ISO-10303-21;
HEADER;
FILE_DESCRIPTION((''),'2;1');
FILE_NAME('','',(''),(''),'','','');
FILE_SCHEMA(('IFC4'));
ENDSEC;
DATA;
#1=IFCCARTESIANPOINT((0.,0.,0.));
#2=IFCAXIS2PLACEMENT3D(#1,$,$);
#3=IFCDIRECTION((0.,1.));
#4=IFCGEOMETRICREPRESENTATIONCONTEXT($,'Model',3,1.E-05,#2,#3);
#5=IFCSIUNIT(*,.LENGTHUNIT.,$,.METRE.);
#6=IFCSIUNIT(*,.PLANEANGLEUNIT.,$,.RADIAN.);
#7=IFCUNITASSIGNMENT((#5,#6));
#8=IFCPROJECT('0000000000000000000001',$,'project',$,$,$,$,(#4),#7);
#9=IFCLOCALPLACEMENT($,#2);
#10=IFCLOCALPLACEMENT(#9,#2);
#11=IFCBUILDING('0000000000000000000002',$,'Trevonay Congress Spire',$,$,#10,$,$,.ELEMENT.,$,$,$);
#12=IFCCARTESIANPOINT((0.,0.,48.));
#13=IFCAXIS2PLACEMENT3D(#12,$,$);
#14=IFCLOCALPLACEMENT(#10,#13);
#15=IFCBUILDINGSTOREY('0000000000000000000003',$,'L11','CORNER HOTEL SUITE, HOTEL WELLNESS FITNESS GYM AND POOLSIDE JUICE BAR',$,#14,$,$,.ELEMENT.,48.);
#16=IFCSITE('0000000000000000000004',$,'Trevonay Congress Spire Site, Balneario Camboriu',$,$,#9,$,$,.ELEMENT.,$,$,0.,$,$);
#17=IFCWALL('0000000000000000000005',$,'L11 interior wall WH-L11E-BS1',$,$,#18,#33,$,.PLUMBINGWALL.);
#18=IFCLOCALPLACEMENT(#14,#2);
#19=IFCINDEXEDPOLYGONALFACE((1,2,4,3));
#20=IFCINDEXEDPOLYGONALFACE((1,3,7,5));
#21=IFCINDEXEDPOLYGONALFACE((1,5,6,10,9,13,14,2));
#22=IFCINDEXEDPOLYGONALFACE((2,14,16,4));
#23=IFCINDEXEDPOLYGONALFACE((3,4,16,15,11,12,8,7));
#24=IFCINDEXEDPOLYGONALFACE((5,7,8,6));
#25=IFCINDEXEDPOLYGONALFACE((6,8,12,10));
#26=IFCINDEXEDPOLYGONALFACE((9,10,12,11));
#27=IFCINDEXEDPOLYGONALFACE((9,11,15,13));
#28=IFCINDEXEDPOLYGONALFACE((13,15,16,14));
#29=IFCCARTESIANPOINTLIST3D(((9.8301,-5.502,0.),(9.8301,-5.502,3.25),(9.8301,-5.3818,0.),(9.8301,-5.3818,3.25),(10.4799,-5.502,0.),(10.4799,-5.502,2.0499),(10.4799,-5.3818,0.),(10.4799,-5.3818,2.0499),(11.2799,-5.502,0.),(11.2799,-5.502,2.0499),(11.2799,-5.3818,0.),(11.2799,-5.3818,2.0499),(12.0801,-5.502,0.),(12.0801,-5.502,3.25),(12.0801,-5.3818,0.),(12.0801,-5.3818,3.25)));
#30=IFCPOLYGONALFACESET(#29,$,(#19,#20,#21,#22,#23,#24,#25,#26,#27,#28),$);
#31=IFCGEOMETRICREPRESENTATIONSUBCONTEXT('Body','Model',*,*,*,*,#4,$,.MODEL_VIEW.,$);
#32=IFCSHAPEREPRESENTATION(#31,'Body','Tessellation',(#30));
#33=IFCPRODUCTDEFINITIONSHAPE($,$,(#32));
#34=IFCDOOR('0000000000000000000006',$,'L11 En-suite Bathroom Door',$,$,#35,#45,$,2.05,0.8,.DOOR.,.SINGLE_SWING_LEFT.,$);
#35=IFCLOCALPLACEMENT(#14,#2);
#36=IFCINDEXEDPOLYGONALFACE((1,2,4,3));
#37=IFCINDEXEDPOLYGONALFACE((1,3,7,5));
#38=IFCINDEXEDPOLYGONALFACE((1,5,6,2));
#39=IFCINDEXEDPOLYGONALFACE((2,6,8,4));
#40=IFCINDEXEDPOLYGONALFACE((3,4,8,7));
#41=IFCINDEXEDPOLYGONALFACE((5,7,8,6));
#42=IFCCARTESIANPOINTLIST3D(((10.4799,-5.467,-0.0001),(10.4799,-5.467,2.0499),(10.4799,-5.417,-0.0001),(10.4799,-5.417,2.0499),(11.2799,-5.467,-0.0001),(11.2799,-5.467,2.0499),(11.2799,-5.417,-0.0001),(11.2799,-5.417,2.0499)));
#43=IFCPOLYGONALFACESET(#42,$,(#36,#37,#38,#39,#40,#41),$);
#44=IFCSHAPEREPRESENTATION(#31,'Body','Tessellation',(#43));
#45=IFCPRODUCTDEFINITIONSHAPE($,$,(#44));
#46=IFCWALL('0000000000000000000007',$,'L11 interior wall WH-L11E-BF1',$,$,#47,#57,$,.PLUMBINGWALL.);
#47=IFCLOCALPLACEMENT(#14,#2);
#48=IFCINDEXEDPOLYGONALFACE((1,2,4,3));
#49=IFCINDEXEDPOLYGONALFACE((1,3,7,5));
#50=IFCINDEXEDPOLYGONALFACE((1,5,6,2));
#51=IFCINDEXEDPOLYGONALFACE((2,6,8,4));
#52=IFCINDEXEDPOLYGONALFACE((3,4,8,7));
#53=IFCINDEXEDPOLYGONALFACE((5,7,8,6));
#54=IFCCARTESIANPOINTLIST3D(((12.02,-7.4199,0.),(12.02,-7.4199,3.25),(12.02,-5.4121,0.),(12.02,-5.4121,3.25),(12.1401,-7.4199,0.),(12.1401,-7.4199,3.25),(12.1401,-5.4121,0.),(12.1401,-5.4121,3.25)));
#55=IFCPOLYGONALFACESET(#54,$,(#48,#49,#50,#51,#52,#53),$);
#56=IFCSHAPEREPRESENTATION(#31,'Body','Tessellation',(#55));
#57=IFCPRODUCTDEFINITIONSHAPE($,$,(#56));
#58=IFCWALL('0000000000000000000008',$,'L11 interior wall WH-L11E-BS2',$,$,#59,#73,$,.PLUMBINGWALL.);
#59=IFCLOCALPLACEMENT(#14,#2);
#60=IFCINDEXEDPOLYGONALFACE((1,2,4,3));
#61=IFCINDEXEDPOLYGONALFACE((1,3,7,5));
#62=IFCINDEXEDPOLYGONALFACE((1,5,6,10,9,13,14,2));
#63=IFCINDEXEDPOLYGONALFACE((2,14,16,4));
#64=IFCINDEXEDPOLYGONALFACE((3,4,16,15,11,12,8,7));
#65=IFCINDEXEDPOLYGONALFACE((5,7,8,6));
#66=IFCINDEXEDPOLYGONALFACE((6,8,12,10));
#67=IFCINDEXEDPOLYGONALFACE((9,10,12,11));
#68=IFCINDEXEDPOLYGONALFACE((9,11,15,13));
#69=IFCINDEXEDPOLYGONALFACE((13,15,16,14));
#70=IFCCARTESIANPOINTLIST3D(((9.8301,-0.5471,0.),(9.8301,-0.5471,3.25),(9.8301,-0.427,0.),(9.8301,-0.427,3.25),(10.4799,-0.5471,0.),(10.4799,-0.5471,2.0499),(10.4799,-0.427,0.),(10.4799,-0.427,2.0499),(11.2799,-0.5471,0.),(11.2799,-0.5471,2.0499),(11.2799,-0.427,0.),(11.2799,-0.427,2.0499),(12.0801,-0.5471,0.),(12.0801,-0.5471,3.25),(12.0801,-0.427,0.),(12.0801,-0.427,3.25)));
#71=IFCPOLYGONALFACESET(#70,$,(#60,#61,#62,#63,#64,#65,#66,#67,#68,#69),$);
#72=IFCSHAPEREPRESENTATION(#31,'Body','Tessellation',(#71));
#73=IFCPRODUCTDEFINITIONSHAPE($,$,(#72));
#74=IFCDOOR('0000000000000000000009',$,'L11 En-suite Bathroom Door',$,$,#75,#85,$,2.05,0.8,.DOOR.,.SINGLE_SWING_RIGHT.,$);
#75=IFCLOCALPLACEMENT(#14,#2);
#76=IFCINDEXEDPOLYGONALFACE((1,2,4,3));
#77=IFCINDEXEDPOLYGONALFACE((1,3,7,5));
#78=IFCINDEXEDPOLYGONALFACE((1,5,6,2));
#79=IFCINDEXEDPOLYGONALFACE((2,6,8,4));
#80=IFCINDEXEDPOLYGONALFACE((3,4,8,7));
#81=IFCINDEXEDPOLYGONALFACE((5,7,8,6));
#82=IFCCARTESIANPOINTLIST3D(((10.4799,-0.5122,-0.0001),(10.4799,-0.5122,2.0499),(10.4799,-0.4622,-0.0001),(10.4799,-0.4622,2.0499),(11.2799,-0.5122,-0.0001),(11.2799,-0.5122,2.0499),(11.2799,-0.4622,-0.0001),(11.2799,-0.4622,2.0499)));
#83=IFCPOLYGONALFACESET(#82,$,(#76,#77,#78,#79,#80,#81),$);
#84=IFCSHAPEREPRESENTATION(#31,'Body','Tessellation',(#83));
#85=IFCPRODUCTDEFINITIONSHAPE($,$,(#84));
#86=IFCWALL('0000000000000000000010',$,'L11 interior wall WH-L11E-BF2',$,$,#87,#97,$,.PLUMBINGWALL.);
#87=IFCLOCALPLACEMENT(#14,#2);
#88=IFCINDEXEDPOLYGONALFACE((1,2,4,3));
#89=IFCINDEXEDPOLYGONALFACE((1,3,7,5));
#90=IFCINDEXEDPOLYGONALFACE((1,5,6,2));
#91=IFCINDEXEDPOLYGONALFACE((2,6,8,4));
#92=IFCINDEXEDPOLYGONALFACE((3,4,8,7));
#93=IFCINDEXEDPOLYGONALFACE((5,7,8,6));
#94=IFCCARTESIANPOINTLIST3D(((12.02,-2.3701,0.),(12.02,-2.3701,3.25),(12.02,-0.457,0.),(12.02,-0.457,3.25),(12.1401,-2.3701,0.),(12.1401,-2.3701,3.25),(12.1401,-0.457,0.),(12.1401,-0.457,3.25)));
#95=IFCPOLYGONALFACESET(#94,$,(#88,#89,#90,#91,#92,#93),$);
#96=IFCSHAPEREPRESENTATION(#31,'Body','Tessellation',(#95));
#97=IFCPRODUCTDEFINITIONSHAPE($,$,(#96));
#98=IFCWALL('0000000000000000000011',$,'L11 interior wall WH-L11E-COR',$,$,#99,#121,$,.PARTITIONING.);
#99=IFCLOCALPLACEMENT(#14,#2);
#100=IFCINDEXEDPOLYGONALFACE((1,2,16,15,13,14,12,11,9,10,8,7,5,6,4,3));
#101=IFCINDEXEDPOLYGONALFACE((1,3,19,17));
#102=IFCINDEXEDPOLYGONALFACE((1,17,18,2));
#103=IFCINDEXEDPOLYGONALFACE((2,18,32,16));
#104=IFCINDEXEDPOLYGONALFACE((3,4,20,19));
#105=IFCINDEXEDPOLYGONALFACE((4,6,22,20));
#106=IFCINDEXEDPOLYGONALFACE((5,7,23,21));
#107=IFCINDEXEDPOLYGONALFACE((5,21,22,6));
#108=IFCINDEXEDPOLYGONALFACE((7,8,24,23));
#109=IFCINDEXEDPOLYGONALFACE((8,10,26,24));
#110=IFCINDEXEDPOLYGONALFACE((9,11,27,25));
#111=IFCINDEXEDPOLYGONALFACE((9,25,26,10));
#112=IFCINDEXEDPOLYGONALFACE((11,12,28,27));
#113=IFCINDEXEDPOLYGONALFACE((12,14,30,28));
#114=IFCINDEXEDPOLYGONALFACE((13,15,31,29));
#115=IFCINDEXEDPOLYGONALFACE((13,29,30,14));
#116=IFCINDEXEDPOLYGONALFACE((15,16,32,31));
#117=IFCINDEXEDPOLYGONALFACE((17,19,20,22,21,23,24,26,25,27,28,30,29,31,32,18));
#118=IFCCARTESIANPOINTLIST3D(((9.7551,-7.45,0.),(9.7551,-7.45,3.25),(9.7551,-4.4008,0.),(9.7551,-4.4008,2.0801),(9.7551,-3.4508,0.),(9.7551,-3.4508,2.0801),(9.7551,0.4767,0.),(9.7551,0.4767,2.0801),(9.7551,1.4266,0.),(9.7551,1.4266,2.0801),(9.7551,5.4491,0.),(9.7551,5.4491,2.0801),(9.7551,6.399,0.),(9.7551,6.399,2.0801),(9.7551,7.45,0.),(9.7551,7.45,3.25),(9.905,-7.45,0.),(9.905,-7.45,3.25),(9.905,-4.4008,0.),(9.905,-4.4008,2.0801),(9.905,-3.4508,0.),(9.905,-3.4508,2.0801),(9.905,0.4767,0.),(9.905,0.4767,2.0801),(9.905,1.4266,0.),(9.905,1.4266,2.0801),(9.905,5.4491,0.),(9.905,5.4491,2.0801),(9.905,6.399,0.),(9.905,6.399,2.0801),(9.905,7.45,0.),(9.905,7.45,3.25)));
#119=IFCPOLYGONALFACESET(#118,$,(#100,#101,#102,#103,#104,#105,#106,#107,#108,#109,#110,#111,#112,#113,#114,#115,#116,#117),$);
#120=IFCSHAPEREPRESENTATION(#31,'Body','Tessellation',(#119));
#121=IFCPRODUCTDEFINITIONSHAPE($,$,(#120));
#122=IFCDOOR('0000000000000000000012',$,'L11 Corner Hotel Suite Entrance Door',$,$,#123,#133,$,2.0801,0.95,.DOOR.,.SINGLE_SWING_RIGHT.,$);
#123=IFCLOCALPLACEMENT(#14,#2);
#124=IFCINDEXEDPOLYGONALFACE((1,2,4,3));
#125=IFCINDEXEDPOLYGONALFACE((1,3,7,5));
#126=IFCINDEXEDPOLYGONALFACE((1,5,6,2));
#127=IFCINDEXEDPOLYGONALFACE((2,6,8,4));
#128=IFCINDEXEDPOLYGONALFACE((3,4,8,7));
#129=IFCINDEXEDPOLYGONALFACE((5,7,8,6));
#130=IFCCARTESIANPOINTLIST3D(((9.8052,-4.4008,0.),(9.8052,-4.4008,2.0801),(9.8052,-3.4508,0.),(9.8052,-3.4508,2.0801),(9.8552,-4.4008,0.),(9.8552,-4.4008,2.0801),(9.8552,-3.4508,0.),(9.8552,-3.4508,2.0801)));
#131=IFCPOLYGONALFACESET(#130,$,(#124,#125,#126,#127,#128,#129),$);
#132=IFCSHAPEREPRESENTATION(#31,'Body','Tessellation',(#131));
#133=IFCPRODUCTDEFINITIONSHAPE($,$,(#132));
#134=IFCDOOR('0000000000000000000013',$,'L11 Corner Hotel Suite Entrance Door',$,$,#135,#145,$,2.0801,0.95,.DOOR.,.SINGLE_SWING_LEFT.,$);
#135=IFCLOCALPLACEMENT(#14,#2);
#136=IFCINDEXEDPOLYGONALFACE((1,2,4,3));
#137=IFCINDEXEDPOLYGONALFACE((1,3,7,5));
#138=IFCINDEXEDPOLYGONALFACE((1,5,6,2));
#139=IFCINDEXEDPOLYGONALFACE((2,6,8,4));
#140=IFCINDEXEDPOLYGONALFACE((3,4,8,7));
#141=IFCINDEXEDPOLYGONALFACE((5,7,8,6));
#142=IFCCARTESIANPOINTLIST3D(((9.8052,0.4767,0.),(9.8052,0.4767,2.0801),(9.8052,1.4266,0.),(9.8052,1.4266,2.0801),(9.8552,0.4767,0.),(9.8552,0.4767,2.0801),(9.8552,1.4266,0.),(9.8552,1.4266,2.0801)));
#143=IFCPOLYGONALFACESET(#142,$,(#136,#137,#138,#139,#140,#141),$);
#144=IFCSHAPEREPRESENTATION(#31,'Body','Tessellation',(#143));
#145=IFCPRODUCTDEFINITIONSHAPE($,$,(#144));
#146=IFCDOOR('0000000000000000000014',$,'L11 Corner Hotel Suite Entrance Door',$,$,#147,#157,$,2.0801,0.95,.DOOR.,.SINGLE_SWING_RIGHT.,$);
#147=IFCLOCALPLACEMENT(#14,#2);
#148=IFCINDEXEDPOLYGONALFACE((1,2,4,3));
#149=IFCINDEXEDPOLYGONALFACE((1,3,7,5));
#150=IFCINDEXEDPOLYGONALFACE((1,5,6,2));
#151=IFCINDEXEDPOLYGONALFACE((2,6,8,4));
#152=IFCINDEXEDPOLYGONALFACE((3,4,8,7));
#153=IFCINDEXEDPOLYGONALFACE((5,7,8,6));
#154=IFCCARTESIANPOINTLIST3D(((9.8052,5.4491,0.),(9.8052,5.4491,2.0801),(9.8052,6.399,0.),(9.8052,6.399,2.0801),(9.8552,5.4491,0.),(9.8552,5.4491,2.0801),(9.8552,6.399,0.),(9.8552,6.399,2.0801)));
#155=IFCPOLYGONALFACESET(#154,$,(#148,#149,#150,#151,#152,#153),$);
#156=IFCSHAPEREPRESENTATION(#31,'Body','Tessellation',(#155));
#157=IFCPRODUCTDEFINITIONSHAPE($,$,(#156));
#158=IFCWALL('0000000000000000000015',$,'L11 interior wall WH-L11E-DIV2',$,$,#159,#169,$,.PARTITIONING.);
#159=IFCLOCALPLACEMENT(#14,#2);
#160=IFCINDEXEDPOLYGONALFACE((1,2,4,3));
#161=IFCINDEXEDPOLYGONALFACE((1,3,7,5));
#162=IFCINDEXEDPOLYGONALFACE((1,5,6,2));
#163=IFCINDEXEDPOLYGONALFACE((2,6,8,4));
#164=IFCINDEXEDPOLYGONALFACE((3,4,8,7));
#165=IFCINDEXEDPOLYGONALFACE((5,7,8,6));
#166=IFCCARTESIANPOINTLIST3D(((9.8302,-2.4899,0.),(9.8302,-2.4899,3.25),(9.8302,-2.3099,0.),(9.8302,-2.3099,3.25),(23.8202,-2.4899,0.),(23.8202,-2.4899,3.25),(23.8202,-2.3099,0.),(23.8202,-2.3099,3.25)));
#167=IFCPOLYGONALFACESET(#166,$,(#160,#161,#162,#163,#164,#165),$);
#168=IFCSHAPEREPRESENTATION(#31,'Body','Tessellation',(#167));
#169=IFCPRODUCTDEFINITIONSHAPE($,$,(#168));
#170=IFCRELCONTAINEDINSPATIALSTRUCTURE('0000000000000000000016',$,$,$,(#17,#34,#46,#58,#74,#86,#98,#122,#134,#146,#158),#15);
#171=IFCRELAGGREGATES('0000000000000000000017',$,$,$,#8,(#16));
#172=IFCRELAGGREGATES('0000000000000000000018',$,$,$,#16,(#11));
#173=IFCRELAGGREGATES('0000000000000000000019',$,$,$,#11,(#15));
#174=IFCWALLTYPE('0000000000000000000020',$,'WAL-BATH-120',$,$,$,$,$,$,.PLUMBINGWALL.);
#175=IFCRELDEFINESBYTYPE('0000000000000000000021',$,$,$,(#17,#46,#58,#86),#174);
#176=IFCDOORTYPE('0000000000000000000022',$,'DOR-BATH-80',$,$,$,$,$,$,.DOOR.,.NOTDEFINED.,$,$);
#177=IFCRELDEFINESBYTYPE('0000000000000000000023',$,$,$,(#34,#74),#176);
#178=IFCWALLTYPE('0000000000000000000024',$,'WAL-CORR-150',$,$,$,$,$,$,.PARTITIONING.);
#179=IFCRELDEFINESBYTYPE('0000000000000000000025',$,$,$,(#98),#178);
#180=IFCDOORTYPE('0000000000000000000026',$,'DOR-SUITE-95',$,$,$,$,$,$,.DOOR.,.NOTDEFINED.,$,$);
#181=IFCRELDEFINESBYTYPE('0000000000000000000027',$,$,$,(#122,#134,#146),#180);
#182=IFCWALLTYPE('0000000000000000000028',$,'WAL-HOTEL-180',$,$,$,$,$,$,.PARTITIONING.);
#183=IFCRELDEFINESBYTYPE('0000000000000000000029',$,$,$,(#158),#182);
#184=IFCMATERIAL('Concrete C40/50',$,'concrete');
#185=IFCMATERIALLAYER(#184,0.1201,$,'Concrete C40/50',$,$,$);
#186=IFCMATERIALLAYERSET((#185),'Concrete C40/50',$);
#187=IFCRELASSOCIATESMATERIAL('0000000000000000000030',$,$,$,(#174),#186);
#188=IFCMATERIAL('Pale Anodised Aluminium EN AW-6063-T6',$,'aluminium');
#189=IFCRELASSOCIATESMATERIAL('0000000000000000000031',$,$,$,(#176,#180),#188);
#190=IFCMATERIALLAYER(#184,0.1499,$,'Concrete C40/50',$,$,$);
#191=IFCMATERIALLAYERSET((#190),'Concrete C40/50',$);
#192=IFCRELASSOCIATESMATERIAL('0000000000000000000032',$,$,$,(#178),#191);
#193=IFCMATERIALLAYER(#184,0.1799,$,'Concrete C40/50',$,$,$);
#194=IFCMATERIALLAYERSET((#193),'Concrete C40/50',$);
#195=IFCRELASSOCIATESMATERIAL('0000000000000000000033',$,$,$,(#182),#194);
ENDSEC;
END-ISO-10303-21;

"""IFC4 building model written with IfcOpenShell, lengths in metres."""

from ifc_helpers import new_model, si_unit, direction, frame, frame_2d, origin, place, context, subcontext, project, spatial, rectangle, extrude, material, layer, layer_set, type_object, element, fill, save


model = new_model("IFC4")

# Units and contexts
model_context = context("Model", 3, precision=1e-05, world=origin(), true_north=direction((0.0, 1.0)))
body_context = subcontext(model_context, "Body", "Model", "MODEL_VIEW")
ifc_project = project(units=[si_unit("LENGTHUNIT", "METRE"), si_unit("PLANEANGLEUNIT", "RADIAN")], contexts=[model_context])

# Site, building, storey
site_placement = place(None, origin())
site = spatial("IfcSite", under=ifc_project, at=site_placement, Name="Trevonay Congress Spire Site, Balneario Camboriu", CompositionType="ELEMENT", RefElevation=0.0)
building_placement = place(site_placement, origin())
building = spatial("IfcBuilding", under=site, at=building_placement, Name="Trevonay Congress Spire", CompositionType="ELEMENT")
storey_placement = place(building_placement, frame((0.0, 0.0, 48.0)))
storey = spatial("IfcBuildingStorey", under=building, at=storey_placement, Name="L11", Description="CORNER HOTEL SUITE, HOTEL WELLNESS FITNESS GYM AND POOLSIDE JUICE BAR", CompositionType="ELEMENT", Elevation=48.0)

# Shared definitions
ifc_material_1 = material(Name="Pale Anodised Aluminium EN AW-6063-T6", Category="aluminium")

# Wall, opening, door
ifc_material_2 = material(Name="Concrete C40/50", Category="concrete")
ifc_layer_1 = layer(ifc_material_2, 0.1201, Name="Concrete C40/50")
ifc_layer_set_1 = layer_set([ifc_layer_1], Name="Concrete C40/50")
wall_type_1 = type_object("IfcWallType", Name="WAL-BATH-120", PredefinedType="PLUMBINGWALL", material=ifc_layer_set_1)
wall_1_placement = place(storey_placement, frame((9.8301, -5.4419, 0.0), z_axis=(0.0, 0.0, 1.0), x_axis=(1.0, 0.0, 0.0)))
wall_1 = element("IfcWall", 1, at=wall_1_placement, inside=storey, type_object=wall_type_1, Name="L11 interior wall WH-L11E-BS1", PredefinedType="PLUMBINGWALL", context=body_context, shape_type="SweptSolid", body=[
    extrude(rectangle(XDim=2.25, YDim=0.1201, at=frame_2d((1.125, 0.0))), origin(), (0.0, 0.0, 1.0), 3.25),
])
opening_1_placement = place(wall_1_placement, frame((0.6499, 0.0, 0.0)))
opening_1 = element("IfcOpeningElement", 2, at=opening_1_placement, cuts=wall_1, PredefinedType="OPENING", context=body_context, shape_type="SweptSolid", body=[
    extrude(rectangle(XDim=0.8, YDim=2.05, at=frame_2d((0.3999, 1.0249))), frame((0.0, 0.0701, 0.0), z_axis=(0.0, -1.0, 0.0), x_axis=(1.0, 0.0, 0.0)), (0.0, 0.0, 1.0), 0.1401),
])
door_type_1 = type_object("IfcDoorType", Name="DOR-BATH-80", OperationType="NOTDEFINED", PredefinedType="DOOR", material=ifc_material_1)
door_1_placement = place(opening_1_placement, origin())
door_1 = element("IfcDoor", 3, at=door_1_placement, inside=storey, type_object=door_type_1, Name="L11 En-suite Bathroom Door", OperationType="SINGLE_SWING_LEFT", OverallHeight=2.05, OverallWidth=0.8, PredefinedType="DOOR", context=body_context, shape_type="SweptSolid", body=[
    extrude(rectangle(XDim=0.8, YDim=2.05, at=frame_2d((0.3999, 1.0249))), frame((0.0, 0.0249, 0.0), z_axis=(0.0, -1.0, 0.0), x_axis=(1.0, 0.0, 0.0)), (0.0, 0.0, 1.0), 0.05),
])
fill(opening_1, door_1)

# Wall
wall_2_placement = place(storey_placement, frame((12.0801, -7.4199, 0.0), z_axis=(0.0, 0.0, 1.0), x_axis=(0.0, 1.0, 0.0)))
element("IfcWall", 4, at=wall_2_placement, inside=storey, type_object=wall_type_1, Name="L11 interior wall WH-L11E-BF1", PredefinedType="PLUMBINGWALL", context=body_context, shape_type="SweptSolid", body=[
    extrude(rectangle(XDim=2.0078, YDim=0.1201, at=frame_2d((1.0039, 0.0))), origin(), (0.0, 0.0, 1.0), 3.25),
])

# Wall, opening, door
wall_3_placement = place(storey_placement, frame((9.8301, -0.4871, 0.0), z_axis=(0.0, 0.0, 1.0), x_axis=(1.0, 0.0, 0.0)))
wall_3 = element("IfcWall", 5, at=wall_3_placement, inside=storey, type_object=wall_type_1, Name="L11 interior wall WH-L11E-BS2", PredefinedType="PLUMBINGWALL", context=body_context, shape_type="SweptSolid", body=[
    extrude(rectangle(XDim=2.25, YDim=0.1201, at=frame_2d((1.125, 0.0))), origin(), (0.0, 0.0, 1.0), 3.25),
])
opening_2_placement = place(wall_3_placement, frame((0.6499, 0.0, 0.0)))
opening_2 = element("IfcOpeningElement", 6, at=opening_2_placement, cuts=wall_3, PredefinedType="OPENING", context=body_context, shape_type="SweptSolid", body=[
    extrude(rectangle(XDim=0.8, YDim=2.05, at=frame_2d((0.3999, 1.0249))), frame((0.0, 0.0701, 0.0), z_axis=(0.0, -1.0, 0.0), x_axis=(1.0, 0.0, 0.0)), (0.0, 0.0, 1.0), 0.1401),
])
door_2_placement = place(opening_2_placement, origin())
door_2 = element("IfcDoor", 7, at=door_2_placement, inside=storey, type_object=door_type_1, Name="L11 En-suite Bathroom Door", OperationType="SINGLE_SWING_RIGHT", OverallHeight=2.05, OverallWidth=0.8, PredefinedType="DOOR", context=body_context, shape_type="SweptSolid", body=[
    extrude(rectangle(XDim=0.8, YDim=2.05, at=frame_2d((0.3999, 1.0249))), frame((0.0, 0.0249, 0.0), z_axis=(0.0, -1.0, 0.0), x_axis=(1.0, 0.0, 0.0)), (0.0, 0.0, 1.0), 0.05),
])
fill(opening_2, door_2)

# Wall
wall_4_placement = place(storey_placement, frame((12.0801, -2.3701, 0.0), z_axis=(0.0, 0.0, 1.0), x_axis=(0.0, 1.0, 0.0)))
element("IfcWall", 8, at=wall_4_placement, inside=storey, type_object=wall_type_1, Name="L11 interior wall WH-L11E-BF2", PredefinedType="PLUMBINGWALL", context=body_context, shape_type="SweptSolid", body=[
    extrude(rectangle(XDim=1.9131, YDim=0.1201, at=frame_2d((0.9565, 0.0))), origin(), (0.0, 0.0, 1.0), 3.25),
])

# Wall, openings, doors
ifc_layer_2 = layer(ifc_material_2, 0.1499, Name="Concrete C40/50")
ifc_layer_set_2 = layer_set([ifc_layer_2], Name="Concrete C40/50")
wall_type_2 = type_object("IfcWallType", Name="WAL-CORR-150", PredefinedType="PARTITIONING", material=ifc_layer_set_2)
wall_5_placement = place(storey_placement, frame((9.8301, -7.45, 0.0), z_axis=(0.0, 0.0, 1.0), x_axis=(0.0, 1.0, 0.0)))
wall_5 = element("IfcWall", 9, at=wall_5_placement, inside=storey, type_object=wall_type_2, Name="L11 interior wall WH-L11E-COR", PredefinedType="PARTITIONING", context=body_context, shape_type="SweptSolid", body=[
    extrude(rectangle(XDim=14.8999, YDim=0.1499, at=frame_2d((7.45, 0.0))), origin(), (0.0, 0.0, 1.0), 3.25),
])
opening_3_placement = place(wall_5_placement, frame((3.0491, 0.0, 0.0)))
opening_3 = element("IfcOpeningElement", 10, at=opening_3_placement, cuts=wall_5, PredefinedType="OPENING", context=body_context, shape_type="SweptSolid", body=[
    extrude(rectangle(XDim=0.95, YDim=2.0801, at=frame_2d((0.4751, 1.04))), frame((0.0, 0.085, 0.0), z_axis=(0.0, -1.0, 0.0), x_axis=(1.0, 0.0, 0.0)), (0.0, 0.0, 1.0), 0.1699),
])
opening_4_placement = place(wall_5_placement, frame((7.9265, 0.0, 0.0)))
opening_4 = element("IfcOpeningElement", 11, at=opening_4_placement, cuts=wall_5, PredefinedType="OPENING", context=body_context, shape_type="SweptSolid", body=[
    extrude(rectangle(XDim=0.95, YDim=2.0801, at=frame_2d((0.4751, 1.04))), frame((0.0, 0.085, 0.0), z_axis=(0.0, -1.0, 0.0), x_axis=(1.0, 0.0, 0.0)), (0.0, 0.0, 1.0), 0.1699),
])
opening_5_placement = place(wall_5_placement, frame((12.8989, 0.0, 0.0)))
opening_5 = element("IfcOpeningElement", 12, at=opening_5_placement, cuts=wall_5, PredefinedType="OPENING", context=body_context, shape_type="SweptSolid", body=[
    extrude(rectangle(XDim=0.95, YDim=2.0801, at=frame_2d((0.4751, 1.04))), frame((0.0, 0.085, 0.0), z_axis=(0.0, -1.0, 0.0), x_axis=(1.0, 0.0, 0.0)), (0.0, 0.0, 1.0), 0.1699),
])
door_type_2 = type_object("IfcDoorType", Name="DOR-SUITE-95", OperationType="NOTDEFINED", PredefinedType="DOOR", material=ifc_material_1)
door_3_placement = place(opening_3_placement, origin())
door_3 = element("IfcDoor", 13, at=door_3_placement, inside=storey, type_object=door_type_2, Name="L11 Corner Hotel Suite Entrance Door", OperationType="SINGLE_SWING_RIGHT", OverallHeight=2.0801, OverallWidth=0.95, PredefinedType="DOOR", context=body_context, shape_type="SweptSolid", body=[
    extrude(rectangle(XDim=0.95, YDim=2.0801, at=frame_2d((0.4751, 1.04))), frame((0.0, 0.0249, 0.0), z_axis=(0.0, -1.0, 0.0), x_axis=(1.0, 0.0, 0.0)), (0.0, 0.0, 1.0), 0.05),
])
fill(opening_3, door_3)
door_4_placement = place(opening_4_placement, origin())
door_4 = element("IfcDoor", 14, at=door_4_placement, inside=storey, type_object=door_type_2, Name="L11 Corner Hotel Suite Entrance Door", OperationType="SINGLE_SWING_LEFT", OverallHeight=2.0801, OverallWidth=0.95, PredefinedType="DOOR", context=body_context, shape_type="SweptSolid", body=[
    extrude(rectangle(XDim=0.95, YDim=2.0801, at=frame_2d((0.4751, 1.04))), frame((0.0, 0.0249, 0.0), z_axis=(0.0, -1.0, 0.0), x_axis=(1.0, 0.0, 0.0)), (0.0, 0.0, 1.0), 0.05),
])
fill(opening_4, door_4)
door_5_placement = place(opening_5_placement, origin())
door_5 = element("IfcDoor", 15, at=door_5_placement, inside=storey, type_object=door_type_2, Name="L11 Corner Hotel Suite Entrance Door", OperationType="SINGLE_SWING_RIGHT", OverallHeight=2.0801, OverallWidth=0.95, PredefinedType="DOOR", context=body_context, shape_type="SweptSolid", body=[
    extrude(rectangle(XDim=0.95, YDim=2.0801, at=frame_2d((0.4751, 1.04))), frame((0.0, 0.0249, 0.0), z_axis=(0.0, -1.0, 0.0), x_axis=(1.0, 0.0, 0.0)), (0.0, 0.0, 1.0), 0.05),
])
fill(opening_5, door_5)

# Wall
ifc_layer_3 = layer(ifc_material_2, 0.1799, Name="Concrete C40/50")
ifc_layer_set_3 = layer_set([ifc_layer_3], Name="Concrete C40/50")
wall_type_3 = type_object("IfcWallType", Name="WAL-HOTEL-180", PredefinedType="PARTITIONING", material=ifc_layer_set_3)
wall_6_placement = place(storey_placement, frame((9.8301, -2.3999, 0.0), z_axis=(0.0, 0.0, 1.0), x_axis=(1.0, 0.0, 0.0)))
element("IfcWall", 16, at=wall_6_placement, inside=storey, type_object=wall_type_3, Name="L11 interior wall WH-L11E-DIV2", PredefinedType="PARTITIONING", context=body_context, shape_type="SweptSolid", body=[
    extrude(rectangle(XDim=13.99, YDim=0.1799, at=frame_2d((6.9951, 0.0))), origin(), (0.0, 0.0, 1.0), 3.25),
])

save(model, "model.ifc")
